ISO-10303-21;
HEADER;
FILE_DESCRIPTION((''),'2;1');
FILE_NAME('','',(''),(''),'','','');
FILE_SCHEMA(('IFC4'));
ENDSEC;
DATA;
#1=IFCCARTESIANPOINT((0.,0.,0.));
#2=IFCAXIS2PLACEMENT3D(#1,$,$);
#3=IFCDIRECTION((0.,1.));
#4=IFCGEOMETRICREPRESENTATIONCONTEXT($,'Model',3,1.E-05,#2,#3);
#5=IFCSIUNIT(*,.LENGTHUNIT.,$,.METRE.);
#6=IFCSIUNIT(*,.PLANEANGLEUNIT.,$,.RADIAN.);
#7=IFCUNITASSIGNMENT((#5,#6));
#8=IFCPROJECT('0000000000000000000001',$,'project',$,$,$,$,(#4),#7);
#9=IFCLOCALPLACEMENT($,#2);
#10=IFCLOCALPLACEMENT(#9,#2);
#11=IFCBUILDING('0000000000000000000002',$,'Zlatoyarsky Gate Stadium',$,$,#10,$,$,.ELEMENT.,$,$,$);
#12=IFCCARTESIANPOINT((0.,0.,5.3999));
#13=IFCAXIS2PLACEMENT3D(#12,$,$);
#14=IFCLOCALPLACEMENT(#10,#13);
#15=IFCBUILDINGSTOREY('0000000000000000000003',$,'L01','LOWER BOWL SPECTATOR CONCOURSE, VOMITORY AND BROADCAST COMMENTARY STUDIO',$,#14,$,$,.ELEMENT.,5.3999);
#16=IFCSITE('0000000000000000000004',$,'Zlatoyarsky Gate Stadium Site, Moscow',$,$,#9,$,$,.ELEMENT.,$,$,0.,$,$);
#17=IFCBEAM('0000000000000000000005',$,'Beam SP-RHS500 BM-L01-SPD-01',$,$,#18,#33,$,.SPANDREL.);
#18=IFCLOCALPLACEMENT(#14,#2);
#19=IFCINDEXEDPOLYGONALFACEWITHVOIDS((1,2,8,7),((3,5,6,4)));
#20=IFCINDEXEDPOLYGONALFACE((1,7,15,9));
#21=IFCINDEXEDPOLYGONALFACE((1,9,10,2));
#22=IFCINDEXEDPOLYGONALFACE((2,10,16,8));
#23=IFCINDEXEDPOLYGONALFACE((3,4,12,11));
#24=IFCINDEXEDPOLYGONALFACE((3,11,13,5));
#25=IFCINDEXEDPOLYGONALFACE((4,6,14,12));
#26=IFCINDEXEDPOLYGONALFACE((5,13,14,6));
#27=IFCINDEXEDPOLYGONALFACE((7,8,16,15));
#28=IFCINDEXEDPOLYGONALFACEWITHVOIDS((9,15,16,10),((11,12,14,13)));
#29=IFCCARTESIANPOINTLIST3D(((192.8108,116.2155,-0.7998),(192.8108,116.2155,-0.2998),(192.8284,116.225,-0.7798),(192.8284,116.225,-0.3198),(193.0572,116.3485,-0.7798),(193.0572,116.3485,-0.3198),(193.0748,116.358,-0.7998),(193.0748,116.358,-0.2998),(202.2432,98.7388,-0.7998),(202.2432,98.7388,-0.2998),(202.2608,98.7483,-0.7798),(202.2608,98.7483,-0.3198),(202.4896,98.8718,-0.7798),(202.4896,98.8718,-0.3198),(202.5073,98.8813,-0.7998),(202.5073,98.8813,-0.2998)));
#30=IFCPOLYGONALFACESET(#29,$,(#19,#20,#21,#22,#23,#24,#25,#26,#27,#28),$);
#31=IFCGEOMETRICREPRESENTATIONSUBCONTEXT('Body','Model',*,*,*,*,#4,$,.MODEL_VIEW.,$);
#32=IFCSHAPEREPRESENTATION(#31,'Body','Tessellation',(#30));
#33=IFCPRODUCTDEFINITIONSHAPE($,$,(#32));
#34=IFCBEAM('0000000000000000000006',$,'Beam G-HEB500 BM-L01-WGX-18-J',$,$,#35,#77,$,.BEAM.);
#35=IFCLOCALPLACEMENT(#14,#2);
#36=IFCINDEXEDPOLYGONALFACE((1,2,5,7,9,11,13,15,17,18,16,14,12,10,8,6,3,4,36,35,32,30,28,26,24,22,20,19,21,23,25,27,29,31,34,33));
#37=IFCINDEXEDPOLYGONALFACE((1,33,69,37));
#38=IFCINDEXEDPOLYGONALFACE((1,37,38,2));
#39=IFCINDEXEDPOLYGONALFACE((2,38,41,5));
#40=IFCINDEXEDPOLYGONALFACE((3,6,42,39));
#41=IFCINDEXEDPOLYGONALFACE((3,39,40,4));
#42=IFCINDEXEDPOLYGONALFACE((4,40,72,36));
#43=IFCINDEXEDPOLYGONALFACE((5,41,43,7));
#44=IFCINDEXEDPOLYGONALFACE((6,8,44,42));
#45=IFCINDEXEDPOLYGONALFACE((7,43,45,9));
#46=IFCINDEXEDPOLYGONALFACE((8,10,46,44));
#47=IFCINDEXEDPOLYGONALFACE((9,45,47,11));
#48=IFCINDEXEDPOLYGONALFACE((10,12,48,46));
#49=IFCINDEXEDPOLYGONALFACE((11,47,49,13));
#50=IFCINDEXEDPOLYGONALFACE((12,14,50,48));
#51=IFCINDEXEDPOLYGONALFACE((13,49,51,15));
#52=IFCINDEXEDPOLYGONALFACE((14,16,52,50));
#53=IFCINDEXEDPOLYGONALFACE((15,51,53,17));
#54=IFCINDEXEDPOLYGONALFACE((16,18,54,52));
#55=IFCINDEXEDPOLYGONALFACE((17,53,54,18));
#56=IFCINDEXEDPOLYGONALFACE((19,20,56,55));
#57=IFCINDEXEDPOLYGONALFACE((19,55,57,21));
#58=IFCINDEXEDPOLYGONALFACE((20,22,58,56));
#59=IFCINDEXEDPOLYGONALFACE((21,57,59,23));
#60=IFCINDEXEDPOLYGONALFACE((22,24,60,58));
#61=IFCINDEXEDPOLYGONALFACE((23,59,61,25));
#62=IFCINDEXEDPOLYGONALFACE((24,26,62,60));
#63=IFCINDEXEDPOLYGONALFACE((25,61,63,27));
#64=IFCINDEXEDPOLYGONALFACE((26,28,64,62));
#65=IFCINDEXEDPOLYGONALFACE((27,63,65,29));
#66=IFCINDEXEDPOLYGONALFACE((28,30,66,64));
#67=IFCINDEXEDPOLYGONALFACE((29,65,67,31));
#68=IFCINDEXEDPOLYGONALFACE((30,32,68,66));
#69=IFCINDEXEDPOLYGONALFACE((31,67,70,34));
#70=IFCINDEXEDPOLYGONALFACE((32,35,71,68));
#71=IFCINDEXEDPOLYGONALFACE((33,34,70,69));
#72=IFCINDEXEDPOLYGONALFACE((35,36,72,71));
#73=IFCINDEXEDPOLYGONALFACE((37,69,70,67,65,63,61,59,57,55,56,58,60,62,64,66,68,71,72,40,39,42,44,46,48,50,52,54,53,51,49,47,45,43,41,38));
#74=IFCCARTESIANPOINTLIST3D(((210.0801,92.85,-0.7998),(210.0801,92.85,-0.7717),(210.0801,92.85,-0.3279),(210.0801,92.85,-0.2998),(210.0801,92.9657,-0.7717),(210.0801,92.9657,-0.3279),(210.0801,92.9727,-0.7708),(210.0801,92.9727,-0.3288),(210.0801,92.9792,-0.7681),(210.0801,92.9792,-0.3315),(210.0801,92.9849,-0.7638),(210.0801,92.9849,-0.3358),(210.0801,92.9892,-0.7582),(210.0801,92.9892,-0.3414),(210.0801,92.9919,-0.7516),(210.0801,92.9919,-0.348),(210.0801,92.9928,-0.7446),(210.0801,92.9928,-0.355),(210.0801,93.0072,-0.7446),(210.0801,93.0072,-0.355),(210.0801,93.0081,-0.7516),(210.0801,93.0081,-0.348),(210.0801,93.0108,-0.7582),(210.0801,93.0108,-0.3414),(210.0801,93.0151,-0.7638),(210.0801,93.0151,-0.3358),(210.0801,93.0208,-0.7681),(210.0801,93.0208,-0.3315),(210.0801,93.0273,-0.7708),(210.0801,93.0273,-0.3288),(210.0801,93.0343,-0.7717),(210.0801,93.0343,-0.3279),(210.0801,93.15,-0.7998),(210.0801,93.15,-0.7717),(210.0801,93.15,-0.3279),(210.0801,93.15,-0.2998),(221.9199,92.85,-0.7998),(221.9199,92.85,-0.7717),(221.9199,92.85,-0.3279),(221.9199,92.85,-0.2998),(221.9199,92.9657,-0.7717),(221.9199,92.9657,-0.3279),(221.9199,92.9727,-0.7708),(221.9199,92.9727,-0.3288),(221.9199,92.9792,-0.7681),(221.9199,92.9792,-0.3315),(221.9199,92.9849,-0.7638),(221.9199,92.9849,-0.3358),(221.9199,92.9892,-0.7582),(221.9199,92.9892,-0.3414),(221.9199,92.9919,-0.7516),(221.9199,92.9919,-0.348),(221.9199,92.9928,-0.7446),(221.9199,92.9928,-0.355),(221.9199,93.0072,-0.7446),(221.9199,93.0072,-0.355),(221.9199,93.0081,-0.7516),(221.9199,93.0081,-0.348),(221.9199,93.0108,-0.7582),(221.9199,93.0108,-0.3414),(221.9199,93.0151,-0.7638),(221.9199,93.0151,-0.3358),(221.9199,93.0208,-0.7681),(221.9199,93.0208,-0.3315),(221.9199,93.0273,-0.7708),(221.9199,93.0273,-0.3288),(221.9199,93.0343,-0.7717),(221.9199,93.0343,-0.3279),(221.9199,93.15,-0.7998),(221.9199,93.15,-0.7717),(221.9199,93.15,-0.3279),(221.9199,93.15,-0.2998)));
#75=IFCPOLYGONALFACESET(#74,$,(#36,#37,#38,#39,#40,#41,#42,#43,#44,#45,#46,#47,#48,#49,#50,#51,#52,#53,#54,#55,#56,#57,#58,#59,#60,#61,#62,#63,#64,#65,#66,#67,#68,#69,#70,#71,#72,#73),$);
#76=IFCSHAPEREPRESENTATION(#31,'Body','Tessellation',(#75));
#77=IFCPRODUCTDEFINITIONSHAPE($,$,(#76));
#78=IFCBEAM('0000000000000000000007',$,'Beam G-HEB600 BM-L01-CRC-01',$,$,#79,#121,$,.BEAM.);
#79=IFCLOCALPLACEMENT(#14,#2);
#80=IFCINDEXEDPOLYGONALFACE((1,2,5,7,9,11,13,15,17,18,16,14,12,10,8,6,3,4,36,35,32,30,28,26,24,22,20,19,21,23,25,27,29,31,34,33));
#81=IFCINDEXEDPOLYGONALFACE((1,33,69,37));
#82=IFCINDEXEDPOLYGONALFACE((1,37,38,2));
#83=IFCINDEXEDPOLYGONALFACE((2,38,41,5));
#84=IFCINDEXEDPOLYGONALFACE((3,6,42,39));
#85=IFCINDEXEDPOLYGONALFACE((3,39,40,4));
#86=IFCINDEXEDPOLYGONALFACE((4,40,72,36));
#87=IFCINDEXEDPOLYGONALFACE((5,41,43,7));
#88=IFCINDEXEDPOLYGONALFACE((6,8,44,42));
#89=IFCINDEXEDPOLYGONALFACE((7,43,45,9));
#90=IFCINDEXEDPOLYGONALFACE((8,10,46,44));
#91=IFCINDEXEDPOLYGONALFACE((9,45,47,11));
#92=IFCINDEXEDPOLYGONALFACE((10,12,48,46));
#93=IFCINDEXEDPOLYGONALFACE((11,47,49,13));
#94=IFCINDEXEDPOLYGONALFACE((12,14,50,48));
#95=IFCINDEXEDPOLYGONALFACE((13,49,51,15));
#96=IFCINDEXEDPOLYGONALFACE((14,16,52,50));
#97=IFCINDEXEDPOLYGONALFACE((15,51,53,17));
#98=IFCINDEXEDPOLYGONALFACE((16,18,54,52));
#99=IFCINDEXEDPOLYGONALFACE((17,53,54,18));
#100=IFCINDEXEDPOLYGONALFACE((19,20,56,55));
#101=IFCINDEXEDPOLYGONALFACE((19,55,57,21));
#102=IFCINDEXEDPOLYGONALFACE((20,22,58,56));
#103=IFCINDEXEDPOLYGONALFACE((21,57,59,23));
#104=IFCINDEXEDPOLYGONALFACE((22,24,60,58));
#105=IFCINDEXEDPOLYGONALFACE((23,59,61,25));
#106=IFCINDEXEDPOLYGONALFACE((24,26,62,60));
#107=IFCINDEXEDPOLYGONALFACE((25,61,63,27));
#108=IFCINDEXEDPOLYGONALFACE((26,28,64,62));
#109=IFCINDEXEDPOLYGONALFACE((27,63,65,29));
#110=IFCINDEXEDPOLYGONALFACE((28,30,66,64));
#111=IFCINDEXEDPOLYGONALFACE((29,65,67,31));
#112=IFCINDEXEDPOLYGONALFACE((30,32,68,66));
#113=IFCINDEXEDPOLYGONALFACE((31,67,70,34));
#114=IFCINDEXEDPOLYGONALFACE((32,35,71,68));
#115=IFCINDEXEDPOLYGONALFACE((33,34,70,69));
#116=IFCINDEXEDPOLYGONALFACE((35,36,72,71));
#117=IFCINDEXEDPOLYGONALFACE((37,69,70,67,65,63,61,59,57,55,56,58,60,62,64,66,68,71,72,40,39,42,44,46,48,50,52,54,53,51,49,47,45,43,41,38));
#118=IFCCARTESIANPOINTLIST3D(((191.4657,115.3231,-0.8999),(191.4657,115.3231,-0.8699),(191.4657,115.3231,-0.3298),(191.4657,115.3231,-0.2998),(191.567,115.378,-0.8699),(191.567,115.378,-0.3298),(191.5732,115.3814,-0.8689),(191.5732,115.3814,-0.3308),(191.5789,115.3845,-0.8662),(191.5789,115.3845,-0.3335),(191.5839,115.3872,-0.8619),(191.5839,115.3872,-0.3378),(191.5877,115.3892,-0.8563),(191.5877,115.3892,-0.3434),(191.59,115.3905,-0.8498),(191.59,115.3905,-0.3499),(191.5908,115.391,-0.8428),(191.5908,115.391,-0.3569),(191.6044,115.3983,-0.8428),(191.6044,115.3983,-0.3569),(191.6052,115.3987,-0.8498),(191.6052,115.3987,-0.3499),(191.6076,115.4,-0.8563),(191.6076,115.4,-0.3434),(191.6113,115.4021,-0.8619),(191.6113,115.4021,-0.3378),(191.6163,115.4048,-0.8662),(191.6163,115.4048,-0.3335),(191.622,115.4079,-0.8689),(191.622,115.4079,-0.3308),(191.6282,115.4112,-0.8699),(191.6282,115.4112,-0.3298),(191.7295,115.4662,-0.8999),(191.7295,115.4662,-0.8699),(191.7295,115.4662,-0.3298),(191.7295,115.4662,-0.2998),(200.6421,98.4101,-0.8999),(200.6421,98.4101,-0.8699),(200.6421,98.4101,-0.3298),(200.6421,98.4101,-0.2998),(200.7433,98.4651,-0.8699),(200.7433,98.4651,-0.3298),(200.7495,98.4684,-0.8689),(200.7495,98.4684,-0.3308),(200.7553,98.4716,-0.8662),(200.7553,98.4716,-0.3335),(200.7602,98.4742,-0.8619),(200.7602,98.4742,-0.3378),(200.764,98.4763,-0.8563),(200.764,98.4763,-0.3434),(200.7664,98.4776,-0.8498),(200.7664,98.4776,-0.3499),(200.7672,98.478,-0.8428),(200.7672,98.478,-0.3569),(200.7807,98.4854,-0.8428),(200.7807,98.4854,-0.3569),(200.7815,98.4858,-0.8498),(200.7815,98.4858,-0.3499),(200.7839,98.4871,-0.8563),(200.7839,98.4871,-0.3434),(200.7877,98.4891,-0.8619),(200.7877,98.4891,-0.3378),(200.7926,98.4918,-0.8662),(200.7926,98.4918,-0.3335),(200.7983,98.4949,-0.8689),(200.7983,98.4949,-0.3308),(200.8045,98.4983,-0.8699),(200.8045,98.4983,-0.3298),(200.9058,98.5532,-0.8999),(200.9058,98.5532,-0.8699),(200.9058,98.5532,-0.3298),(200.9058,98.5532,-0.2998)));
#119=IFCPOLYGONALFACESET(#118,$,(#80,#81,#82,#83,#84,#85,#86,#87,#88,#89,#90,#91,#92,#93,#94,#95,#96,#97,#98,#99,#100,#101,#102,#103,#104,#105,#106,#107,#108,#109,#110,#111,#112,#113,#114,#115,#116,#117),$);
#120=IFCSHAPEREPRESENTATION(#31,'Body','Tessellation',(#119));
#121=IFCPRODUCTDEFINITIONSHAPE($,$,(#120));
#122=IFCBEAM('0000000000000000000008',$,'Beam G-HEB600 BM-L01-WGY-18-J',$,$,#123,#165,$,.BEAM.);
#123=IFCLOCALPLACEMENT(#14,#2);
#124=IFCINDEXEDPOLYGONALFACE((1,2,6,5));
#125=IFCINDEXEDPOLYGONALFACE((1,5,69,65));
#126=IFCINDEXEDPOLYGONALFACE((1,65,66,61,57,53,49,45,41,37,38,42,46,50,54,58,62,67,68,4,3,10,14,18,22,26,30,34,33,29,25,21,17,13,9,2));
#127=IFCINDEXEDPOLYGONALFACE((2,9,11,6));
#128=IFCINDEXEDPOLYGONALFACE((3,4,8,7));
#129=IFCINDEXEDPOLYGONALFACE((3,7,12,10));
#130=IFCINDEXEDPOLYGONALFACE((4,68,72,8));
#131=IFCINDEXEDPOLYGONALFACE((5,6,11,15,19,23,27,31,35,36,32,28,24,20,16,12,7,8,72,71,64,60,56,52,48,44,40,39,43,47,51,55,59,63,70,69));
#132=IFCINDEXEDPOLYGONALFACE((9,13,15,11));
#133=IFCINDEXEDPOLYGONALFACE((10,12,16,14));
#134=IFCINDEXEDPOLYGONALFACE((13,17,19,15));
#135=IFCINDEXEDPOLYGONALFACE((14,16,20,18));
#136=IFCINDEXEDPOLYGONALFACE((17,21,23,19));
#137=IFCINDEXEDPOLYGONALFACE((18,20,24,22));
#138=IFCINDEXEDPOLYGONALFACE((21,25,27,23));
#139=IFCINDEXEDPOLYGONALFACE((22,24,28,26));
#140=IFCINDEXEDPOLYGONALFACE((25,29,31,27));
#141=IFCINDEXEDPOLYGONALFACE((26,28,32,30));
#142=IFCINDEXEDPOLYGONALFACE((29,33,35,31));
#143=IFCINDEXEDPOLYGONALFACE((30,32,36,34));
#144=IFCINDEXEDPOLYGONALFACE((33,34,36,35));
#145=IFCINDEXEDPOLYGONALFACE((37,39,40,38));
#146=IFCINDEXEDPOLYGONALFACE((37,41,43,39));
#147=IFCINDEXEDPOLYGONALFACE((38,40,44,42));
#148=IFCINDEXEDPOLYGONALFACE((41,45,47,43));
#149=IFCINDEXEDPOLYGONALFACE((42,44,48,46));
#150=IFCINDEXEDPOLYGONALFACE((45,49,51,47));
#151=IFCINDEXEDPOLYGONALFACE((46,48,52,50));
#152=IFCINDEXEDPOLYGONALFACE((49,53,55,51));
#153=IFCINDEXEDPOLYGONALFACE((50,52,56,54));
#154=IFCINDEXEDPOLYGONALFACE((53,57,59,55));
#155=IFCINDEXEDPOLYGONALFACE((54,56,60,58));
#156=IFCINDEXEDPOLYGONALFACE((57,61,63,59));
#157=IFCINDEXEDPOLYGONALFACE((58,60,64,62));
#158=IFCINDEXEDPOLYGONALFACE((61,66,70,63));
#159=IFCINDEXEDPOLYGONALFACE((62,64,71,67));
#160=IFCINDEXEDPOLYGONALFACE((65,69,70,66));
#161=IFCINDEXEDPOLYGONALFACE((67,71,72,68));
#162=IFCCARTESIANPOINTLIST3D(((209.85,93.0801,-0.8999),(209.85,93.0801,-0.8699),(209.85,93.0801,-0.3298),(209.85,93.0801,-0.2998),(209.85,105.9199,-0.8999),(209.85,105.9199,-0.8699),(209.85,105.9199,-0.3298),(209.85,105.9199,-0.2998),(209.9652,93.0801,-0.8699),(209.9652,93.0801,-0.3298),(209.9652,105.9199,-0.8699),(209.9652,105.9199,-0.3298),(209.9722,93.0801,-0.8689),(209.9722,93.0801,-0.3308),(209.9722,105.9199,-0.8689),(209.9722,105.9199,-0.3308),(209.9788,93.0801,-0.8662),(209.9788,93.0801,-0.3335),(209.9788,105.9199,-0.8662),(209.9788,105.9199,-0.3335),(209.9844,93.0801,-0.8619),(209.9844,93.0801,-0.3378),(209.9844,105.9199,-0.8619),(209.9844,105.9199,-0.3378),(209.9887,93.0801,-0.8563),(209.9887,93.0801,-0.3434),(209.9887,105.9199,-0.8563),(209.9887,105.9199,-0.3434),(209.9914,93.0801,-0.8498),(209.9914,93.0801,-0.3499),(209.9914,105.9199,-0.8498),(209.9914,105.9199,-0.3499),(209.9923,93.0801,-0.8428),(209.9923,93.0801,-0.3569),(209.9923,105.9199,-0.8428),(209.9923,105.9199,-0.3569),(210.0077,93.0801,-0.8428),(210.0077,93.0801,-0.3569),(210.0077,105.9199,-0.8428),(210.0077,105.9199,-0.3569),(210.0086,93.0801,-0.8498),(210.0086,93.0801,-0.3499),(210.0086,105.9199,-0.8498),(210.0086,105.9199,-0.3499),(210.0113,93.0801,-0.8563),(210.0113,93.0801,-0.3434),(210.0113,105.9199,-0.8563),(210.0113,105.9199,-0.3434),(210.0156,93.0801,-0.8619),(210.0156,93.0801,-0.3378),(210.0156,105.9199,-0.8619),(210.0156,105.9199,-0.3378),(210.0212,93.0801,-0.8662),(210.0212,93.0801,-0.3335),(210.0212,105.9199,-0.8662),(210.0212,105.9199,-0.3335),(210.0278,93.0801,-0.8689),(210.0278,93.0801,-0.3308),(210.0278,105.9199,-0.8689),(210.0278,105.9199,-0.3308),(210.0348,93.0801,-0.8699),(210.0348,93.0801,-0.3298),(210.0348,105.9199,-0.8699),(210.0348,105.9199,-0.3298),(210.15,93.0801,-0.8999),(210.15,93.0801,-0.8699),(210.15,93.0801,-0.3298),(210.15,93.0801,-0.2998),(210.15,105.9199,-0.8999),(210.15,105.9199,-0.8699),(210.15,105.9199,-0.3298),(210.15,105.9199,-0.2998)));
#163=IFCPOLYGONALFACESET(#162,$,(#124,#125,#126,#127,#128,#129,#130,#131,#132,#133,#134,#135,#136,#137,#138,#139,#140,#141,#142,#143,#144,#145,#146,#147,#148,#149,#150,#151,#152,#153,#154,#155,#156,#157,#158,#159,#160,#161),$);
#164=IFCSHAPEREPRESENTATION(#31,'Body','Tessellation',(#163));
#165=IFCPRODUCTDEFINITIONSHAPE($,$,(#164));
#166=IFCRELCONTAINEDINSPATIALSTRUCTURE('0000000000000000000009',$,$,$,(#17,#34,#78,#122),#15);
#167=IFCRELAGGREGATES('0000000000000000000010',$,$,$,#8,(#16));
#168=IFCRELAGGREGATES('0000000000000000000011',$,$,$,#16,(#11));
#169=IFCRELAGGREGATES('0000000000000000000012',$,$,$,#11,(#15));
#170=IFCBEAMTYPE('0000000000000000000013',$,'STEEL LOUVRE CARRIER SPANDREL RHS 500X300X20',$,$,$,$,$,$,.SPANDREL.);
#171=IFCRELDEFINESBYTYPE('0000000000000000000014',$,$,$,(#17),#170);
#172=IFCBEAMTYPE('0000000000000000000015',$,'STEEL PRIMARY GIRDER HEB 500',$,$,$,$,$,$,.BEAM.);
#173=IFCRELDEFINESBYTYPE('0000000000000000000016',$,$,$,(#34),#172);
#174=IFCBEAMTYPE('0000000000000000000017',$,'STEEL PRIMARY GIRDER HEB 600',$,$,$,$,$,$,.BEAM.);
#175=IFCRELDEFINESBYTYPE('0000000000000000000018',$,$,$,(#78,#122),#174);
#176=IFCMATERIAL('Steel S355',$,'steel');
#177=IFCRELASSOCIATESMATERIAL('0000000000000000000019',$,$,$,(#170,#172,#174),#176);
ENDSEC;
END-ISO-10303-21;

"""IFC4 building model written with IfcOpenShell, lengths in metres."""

from ifc_helpers import new_model, si_unit, direction, frame, origin, origin_2d, place, context, subcontext, project, spatial, hollow_rectangle, i_section, extrude, material, material_profile, profile_set, type_object, element, save


model = new_model("IFC4")

# Units and contexts
model_context = context("Model", 3, precision=1e-05, world=origin(), true_north=direction((0.0, 1.0)))
body_context = subcontext(model_context, "Body", "Model", "MODEL_VIEW")
ifc_project = project(units=[si_unit("LENGTHUNIT", "METRE"), si_unit("PLANEANGLEUNIT", "RADIAN")], contexts=[model_context])

# Site, building, storey
site_placement = place(None, origin())
site = spatial("IfcSite", under=ifc_project, at=site_placement, Name="Zlatoyarsky Gate Stadium Site, Moscow", CompositionType="ELEMENT", RefElevation=0.0)
building_placement = place(site_placement, origin())
building = spatial("IfcBuilding", under=site, at=building_placement, Name="Zlatoyarsky Gate Stadium", CompositionType="ELEMENT")
storey_placement = place(building_placement, frame((0.0, 0.0, 5.3999)))
storey = spatial("IfcBuildingStorey", under=building, at=storey_placement, Name="L01", Description="LOWER BOWL SPECTATOR CONCOURSE, VOMITORY AND BROADCAST COMMENTARY STUDIO", CompositionType="ELEMENT", Elevation=5.3999)

# Shared definitions
ifc_material_1 = material(Name="Steel S355", Category="steel")

# Beams
ifc_material_profile_1 = material_profile(ifc_material_1, hollow_rectangle(XDim=0.3, YDim=0.5, WallThickness=0.02, at=origin_2d()), Name="RHS 500X300X20")
ifc_profile_set_1 = profile_set([ifc_material_profile_1], Name="Steel S355")
beam_type_1 = type_object("IfcBeamType", Name="STEEL LOUVRE CARRIER SPANDREL RHS 500X300X20", PredefinedType="SPANDREL", material=ifc_profile_set_1)
beam_1_placement = place(storey_placement, frame((202.3752, 98.8101, -0.5498), z_axis=(-0.474955, 0.88001, 0.0), x_axis=(-0.88001, -0.474955, 0.0)))
element("IfcBeam", 1, at=beam_1_placement, inside=storey, type_object=beam_type_1, Name="Beam SP-RHS500 BM-L01-SPD-01", PredefinedType="SPANDREL", context=body_context, shape_type="SweptSolid", body=[
    extrude(hollow_rectangle(XDim=0.3, YDim=0.5, WallThickness=0.02, at=origin_2d()), origin(), (0.0, 0.0, 1.0), 19.8596),
])
ifc_material_profile_2 = material_profile(ifc_material_1, i_section(OverallWidth=0.3, OverallDepth=0.5, WebThickness=0.0144, FlangeThickness=0.0281, FilletRadius=0.0271, at=origin_2d()), Name="HEB 500")
ifc_profile_set_2 = profile_set([ifc_material_profile_2], Name="Steel S355")
beam_type_2 = type_object("IfcBeamType", Name="STEEL PRIMARY GIRDER HEB 500", PredefinedType="BEAM", material=ifc_profile_set_2)
beam_2_placement = place(storey_placement, frame((210.0801, 93.0, -0.5498), z_axis=(1.0, 0.0, 0.0), x_axis=(0.0, 1.0, 0.0)))
element("IfcBeam", 2, at=beam_2_placement, inside=storey, type_object=beam_type_2, Name="Beam G-HEB500 BM-L01-WGX-18-J", PredefinedType="BEAM", context=body_context, shape_type="SweptSolid", body=[
    extrude(i_section(OverallWidth=0.3, OverallDepth=0.5, WebThickness=0.0144, FlangeThickness=0.0281, FilletRadius=0.0271, at=origin_2d()), origin(), (0.0, 0.0, 1.0), 11.8398),
])
ifc_material_profile_3 = material_profile(ifc_material_1, i_section(OverallWidth=0.3, OverallDepth=0.6001, WebThickness=0.0154, FlangeThickness=0.03, FilletRadius=0.0271, at=origin_2d()), Name="HEB 600")
ifc_profile_set_3 = profile_set([ifc_material_profile_3], Name="Steel S355")
beam_type_3 = type_object("IfcBeamType", Name="STEEL PRIMARY GIRDER HEB 600", PredefinedType="BEAM", material=ifc_profile_set_3)
beam_3_placement = place(storey_placement, frame((200.7739, 98.4817, -0.5999), z_axis=(-0.476892, 0.878962, 0.0), x_axis=(-0.878962, -0.476892, 0.0)))
element("IfcBeam", 3, at=beam_3_placement, inside=storey, type_object=beam_type_3, Name="Beam G-HEB600 BM-L01-CRC-01", PredefinedType="BEAM", context=body_context, shape_type="SweptSolid", body=[
    extrude(i_section(OverallWidth=0.3, OverallDepth=0.6001, WebThickness=0.0154, FlangeThickness=0.03, FilletRadius=0.0271, at=origin_2d()), origin(), (0.0, 0.0, 1.0), 19.2419),
])
beam_4_placement = place(storey_placement, frame((210.0, 93.0801, -0.5999), z_axis=(0.0, 1.0, 0.0), x_axis=(-1.0, 0.0, 0.0)))
element("IfcBeam", 4, at=beam_4_placement, inside=storey, type_object=beam_type_3, Name="Beam G-HEB600 BM-L01-WGY-18-J", PredefinedType="BEAM", context=body_context, shape_type="SweptSolid", body=[
    extrude(i_section(OverallWidth=0.3, OverallDepth=0.6001, WebThickness=0.0154, FlangeThickness=0.03, FilletRadius=0.0271, at=origin_2d()), origin(), (0.0, 0.0, 1.0), 12.8398),
])

save(model, "model.ifc")
